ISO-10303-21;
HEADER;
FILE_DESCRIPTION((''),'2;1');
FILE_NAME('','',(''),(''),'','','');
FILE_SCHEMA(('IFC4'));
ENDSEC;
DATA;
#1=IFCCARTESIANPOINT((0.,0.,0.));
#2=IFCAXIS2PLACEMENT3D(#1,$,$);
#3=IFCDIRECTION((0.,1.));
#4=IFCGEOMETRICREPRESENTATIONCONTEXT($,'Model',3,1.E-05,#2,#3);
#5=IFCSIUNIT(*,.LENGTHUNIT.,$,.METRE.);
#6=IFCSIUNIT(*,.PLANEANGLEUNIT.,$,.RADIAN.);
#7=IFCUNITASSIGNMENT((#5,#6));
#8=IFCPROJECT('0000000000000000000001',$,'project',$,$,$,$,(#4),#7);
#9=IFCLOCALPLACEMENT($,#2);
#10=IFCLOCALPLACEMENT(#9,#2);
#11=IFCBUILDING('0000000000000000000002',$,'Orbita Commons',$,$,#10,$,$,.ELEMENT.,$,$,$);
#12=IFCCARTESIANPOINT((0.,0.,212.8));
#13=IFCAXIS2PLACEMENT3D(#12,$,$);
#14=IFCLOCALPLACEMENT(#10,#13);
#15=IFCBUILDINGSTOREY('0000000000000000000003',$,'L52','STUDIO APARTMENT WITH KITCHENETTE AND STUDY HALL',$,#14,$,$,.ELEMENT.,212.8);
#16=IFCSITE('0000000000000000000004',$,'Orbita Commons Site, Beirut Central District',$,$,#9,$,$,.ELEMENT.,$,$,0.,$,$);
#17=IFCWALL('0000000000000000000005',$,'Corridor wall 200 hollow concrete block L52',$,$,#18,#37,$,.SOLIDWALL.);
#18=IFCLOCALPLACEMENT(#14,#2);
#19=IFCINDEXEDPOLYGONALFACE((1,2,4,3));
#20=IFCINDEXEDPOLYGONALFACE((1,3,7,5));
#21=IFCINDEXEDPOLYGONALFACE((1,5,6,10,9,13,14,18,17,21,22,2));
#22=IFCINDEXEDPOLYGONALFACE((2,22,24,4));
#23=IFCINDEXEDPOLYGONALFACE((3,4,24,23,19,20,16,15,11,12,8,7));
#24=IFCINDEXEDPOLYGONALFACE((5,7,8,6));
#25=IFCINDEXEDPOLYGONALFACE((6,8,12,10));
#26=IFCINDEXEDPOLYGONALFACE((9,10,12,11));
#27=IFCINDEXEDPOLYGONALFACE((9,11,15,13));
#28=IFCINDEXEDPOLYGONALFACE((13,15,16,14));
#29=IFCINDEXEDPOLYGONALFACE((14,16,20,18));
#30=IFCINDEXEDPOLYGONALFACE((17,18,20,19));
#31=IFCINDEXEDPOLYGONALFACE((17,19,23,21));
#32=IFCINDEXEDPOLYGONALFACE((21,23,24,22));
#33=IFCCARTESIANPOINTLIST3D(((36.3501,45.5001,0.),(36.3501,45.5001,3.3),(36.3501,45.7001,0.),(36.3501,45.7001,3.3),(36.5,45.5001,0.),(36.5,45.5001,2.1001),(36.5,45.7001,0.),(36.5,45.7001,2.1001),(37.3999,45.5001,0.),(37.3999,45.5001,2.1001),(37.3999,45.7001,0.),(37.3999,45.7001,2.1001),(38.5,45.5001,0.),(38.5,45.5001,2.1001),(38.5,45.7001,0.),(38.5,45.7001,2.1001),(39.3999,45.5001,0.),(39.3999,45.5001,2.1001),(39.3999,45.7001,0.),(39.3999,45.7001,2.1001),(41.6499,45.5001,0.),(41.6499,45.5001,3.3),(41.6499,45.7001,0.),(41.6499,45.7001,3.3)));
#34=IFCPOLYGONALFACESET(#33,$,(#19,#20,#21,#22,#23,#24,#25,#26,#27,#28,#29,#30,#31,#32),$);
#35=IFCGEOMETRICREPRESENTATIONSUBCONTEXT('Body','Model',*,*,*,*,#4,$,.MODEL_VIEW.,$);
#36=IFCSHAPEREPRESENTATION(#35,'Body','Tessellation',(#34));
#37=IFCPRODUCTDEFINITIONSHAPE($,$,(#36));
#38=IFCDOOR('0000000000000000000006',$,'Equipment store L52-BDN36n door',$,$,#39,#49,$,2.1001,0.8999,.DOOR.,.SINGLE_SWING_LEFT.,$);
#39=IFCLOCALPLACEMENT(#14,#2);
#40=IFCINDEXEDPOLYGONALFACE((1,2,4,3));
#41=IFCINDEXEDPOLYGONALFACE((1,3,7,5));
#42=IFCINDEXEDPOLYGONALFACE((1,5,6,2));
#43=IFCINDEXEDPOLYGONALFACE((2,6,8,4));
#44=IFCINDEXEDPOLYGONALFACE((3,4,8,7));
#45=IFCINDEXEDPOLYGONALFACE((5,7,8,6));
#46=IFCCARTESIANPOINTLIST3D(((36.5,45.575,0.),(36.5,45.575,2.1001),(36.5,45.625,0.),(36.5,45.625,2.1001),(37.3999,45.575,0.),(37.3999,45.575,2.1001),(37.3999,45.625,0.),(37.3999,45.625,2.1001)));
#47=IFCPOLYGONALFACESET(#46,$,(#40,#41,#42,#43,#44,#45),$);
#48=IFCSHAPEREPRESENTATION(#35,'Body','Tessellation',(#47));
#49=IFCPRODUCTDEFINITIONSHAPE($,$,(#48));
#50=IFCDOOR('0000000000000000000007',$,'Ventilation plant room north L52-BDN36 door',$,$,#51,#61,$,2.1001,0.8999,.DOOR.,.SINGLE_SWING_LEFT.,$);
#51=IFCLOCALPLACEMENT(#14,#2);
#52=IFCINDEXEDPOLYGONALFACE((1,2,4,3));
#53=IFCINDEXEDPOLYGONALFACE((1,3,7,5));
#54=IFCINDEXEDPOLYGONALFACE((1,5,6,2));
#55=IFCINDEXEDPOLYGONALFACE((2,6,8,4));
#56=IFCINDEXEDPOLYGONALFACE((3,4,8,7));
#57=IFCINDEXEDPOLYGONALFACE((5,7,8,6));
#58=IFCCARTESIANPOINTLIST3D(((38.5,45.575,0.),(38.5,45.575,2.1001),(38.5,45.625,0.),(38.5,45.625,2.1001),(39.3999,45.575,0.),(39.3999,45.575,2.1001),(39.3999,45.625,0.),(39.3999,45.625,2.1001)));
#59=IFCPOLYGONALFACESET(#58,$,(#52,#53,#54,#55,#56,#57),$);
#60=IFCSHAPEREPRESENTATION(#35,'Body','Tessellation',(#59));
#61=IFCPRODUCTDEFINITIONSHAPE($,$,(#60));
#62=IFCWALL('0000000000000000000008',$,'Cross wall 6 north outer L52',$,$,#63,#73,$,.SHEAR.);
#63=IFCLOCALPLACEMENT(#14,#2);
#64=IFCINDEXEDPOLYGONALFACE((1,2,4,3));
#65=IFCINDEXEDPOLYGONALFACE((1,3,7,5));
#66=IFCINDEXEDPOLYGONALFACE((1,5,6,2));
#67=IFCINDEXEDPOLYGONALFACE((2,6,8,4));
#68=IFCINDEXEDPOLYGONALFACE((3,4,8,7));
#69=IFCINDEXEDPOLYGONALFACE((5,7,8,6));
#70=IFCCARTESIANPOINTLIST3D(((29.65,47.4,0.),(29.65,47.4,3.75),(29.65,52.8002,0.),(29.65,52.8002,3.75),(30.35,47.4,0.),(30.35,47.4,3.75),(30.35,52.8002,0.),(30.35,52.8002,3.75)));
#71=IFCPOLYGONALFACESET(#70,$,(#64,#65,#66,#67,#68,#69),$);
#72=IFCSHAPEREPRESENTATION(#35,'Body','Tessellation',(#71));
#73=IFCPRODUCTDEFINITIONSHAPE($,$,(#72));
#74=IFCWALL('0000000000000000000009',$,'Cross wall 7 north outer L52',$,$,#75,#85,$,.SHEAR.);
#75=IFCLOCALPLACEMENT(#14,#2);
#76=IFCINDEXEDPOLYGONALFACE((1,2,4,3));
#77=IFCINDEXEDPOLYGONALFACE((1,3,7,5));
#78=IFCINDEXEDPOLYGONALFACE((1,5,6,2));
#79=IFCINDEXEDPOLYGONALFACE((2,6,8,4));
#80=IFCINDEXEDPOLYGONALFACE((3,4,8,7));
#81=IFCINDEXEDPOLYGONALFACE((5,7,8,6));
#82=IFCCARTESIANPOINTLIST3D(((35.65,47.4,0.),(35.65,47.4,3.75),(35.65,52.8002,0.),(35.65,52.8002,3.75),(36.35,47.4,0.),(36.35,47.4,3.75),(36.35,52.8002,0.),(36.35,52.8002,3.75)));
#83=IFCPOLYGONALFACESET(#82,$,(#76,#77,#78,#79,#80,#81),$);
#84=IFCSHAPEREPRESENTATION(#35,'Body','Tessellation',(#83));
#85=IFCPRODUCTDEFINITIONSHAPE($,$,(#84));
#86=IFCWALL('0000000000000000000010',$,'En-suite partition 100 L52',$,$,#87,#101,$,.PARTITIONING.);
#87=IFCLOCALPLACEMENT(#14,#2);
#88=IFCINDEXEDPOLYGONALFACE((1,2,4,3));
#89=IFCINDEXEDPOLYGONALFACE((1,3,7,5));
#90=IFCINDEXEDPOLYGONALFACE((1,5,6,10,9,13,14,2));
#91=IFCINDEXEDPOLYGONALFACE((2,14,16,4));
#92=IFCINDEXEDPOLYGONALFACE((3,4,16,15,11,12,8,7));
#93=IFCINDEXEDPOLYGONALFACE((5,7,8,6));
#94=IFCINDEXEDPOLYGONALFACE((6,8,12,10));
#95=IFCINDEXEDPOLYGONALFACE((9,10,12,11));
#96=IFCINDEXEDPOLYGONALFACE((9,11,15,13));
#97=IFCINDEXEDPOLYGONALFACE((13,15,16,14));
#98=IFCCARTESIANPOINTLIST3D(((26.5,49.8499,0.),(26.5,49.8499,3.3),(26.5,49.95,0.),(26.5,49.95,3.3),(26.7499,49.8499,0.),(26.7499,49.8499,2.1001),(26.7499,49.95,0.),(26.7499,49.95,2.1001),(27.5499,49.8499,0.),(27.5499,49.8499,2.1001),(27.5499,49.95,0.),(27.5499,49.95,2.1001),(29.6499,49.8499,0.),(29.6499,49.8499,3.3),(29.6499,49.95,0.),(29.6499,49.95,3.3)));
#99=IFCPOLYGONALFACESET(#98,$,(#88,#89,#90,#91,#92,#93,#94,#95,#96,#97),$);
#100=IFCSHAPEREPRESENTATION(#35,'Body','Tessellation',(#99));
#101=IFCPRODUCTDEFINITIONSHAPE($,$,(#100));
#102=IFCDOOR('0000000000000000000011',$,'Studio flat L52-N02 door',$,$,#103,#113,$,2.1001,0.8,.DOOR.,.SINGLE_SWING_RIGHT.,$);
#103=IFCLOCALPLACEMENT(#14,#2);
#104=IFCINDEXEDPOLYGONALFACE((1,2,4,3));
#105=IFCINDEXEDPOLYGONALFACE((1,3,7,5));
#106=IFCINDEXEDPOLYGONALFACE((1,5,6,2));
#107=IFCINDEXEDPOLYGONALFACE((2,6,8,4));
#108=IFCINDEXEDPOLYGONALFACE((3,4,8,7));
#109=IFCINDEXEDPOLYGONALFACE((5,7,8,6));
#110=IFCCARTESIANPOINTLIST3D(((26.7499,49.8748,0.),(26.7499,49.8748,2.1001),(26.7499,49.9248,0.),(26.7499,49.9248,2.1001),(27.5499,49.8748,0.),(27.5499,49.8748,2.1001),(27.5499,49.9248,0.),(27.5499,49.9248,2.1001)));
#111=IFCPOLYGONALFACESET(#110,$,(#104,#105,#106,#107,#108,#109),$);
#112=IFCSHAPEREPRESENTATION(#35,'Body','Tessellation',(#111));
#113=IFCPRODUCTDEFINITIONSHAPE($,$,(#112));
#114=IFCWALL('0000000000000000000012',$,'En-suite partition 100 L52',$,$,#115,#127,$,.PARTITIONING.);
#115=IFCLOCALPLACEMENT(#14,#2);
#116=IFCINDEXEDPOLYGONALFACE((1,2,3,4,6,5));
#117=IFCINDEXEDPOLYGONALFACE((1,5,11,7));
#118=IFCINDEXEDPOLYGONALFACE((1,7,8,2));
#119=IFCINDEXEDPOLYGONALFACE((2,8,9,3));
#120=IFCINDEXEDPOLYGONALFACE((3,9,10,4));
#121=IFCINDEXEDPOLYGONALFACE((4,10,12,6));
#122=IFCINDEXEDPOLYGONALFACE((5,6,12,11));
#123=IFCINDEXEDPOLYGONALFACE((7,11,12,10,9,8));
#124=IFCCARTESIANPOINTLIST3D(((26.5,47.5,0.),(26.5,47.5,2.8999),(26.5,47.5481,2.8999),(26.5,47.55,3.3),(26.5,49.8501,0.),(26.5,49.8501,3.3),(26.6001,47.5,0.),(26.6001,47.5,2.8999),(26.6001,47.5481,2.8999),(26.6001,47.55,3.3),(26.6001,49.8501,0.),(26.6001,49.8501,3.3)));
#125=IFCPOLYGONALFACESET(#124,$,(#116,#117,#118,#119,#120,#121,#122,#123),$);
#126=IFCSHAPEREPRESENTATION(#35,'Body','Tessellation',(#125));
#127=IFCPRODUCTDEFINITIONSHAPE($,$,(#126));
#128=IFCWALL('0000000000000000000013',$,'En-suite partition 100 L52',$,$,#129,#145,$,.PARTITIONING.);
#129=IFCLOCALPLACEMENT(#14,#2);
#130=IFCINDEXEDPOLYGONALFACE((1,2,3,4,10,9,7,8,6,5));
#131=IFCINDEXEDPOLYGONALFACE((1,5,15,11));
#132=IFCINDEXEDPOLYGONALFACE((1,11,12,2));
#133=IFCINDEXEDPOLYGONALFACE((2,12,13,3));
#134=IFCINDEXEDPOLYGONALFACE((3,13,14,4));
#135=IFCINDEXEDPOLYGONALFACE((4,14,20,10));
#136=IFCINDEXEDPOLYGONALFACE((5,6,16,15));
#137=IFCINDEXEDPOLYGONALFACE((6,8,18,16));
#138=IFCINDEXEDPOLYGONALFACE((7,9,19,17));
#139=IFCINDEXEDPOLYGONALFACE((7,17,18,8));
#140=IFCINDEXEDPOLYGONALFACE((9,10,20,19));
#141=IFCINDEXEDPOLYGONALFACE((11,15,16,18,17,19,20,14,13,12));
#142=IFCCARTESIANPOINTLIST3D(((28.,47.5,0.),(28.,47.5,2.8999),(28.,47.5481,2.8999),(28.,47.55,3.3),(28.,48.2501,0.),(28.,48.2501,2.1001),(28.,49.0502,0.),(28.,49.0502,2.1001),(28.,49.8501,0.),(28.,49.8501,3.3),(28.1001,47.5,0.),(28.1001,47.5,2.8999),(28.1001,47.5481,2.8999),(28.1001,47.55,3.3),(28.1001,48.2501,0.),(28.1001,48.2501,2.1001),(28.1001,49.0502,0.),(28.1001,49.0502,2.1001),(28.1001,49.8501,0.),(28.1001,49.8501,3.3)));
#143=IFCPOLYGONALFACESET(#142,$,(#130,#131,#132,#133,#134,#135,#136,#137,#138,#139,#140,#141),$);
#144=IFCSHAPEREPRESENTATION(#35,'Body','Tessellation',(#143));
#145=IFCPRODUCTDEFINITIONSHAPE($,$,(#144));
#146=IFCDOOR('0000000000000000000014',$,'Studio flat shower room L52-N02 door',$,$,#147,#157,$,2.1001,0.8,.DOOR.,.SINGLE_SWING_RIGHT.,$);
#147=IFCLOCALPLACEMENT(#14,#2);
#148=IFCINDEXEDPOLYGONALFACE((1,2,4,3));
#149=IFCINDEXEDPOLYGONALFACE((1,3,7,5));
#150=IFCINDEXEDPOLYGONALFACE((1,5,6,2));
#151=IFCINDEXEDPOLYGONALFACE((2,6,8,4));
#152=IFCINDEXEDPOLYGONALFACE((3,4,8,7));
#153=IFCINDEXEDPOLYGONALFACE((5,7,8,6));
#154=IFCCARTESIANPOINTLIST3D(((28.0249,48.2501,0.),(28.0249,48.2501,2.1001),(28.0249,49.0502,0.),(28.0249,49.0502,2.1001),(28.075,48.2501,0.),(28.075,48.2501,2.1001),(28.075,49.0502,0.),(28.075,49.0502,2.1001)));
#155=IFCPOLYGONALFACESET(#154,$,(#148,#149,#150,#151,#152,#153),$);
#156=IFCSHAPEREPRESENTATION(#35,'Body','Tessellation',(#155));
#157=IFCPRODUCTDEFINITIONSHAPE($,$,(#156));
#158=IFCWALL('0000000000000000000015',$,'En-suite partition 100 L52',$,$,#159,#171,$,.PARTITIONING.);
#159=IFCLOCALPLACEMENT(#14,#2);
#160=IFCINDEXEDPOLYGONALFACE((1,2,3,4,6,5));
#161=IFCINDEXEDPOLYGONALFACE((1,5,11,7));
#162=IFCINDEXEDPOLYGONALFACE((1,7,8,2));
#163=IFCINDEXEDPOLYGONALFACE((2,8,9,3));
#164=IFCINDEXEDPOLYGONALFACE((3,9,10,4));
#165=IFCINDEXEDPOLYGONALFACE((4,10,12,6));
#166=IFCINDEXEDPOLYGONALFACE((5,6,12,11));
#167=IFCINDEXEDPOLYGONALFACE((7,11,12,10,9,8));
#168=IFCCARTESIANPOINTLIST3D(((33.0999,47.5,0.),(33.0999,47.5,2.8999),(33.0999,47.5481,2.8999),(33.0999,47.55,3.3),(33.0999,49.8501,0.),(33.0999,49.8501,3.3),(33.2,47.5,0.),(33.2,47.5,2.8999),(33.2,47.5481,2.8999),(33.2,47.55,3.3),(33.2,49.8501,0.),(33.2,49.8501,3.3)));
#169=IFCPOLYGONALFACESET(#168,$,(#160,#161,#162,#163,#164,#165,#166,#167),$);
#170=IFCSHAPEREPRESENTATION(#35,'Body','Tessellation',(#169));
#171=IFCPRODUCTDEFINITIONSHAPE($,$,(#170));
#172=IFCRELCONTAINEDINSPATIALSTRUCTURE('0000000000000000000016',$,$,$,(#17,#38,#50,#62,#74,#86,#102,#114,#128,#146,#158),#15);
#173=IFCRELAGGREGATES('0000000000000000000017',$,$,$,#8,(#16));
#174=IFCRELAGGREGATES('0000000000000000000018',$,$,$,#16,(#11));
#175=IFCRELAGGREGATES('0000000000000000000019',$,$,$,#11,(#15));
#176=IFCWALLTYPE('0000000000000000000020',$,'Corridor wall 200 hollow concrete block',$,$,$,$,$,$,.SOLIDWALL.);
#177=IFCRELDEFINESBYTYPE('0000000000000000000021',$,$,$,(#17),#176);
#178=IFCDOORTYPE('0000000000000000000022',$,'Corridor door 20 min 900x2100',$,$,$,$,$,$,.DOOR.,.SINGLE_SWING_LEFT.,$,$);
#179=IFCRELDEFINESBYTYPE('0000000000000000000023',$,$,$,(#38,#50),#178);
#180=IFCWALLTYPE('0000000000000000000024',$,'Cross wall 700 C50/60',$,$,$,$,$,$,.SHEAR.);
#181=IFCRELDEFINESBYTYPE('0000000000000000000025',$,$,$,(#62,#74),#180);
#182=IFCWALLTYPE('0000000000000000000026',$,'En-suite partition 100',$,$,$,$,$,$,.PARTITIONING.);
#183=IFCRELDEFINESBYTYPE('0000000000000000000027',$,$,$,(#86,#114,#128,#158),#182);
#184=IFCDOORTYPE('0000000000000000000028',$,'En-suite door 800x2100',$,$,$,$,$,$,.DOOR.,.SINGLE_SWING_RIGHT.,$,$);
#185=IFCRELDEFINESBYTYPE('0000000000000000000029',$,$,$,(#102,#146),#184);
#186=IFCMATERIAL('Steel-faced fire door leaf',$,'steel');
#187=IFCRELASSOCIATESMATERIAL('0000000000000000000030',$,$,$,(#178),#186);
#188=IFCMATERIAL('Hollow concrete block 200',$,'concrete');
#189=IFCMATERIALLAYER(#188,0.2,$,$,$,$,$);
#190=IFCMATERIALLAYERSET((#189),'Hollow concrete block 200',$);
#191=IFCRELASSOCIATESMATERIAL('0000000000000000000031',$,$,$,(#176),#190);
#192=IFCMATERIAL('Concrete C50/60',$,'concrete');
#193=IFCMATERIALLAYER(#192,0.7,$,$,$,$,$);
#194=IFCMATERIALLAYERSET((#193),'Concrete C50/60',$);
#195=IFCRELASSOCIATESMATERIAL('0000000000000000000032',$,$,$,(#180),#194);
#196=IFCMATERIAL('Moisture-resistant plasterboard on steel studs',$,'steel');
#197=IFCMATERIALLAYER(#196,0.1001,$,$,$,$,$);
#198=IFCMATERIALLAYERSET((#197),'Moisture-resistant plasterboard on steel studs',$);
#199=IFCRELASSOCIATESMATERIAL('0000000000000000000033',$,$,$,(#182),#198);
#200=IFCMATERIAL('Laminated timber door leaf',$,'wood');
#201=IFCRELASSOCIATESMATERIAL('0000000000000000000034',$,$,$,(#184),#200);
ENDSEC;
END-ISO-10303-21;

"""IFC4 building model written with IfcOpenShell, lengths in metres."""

from ifc_helpers import new_model, si_unit, direction, frame, frame_2d, origin, place, context, subcontext, project, spatial, polyline, rectangle, outline, extrude, material, layer, layer_set, type_object, element, fill, save


model = new_model("IFC4")

# Units and contexts
model_context = context("Model", 3, precision=1e-05, world=origin(), true_north=direction((0.0, 1.0)))
body_context = subcontext(model_context, "Body", "Model", "MODEL_VIEW")
ifc_project = project(units=[si_unit("LENGTHUNIT", "METRE"), si_unit("PLANEANGLEUNIT", "RADIAN")], contexts=[model_context])

# Site, building, storey
site_placement = place(None, origin())
site = spatial("IfcSite", under=ifc_project, at=site_placement, Name="Orbita Commons Site, Beirut Central District", CompositionType="ELEMENT", RefElevation=0.0)
building_placement = place(site_placement, origin())
building = spatial("IfcBuilding", under=site, at=building_placement, Name="Orbita Commons", CompositionType="ELEMENT")
storey_placement = place(building_placement, frame((0.0, 0.0, 212.8)))
storey = spatial("IfcBuildingStorey", under=building, at=storey_placement, Name="L52", Description="STUDIO APARTMENT WITH KITCHENETTE AND STUDY HALL", CompositionType="ELEMENT", Elevation=212.8)

# Shared definitions
ifc_material_1 = material(Name="Steel-faced fire door leaf", Category="steel")
door_type_1 = type_object("IfcDoorType", Name="Corridor door 20 min 900x2100", OperationType="SINGLE_SWING_LEFT", PredefinedType="DOOR", material=ifc_material_1)

# Wall, openings, doors
ifc_material_2 = material(Name="Hollow concrete block 200", Category="concrete")
ifc_layer_1 = layer(ifc_material_2, 0.2)
ifc_layer_set_1 = layer_set([ifc_layer_1], Name="Hollow concrete block 200")
wall_type_1 = type_object("IfcWallType", Name="Corridor wall 200 hollow concrete block", PredefinedType="SOLIDWALL", material=ifc_layer_set_1)
wall_1_placement = place(storey_placement, frame((36.3501, 45.6001, 0.0), z_axis=(0.0, 0.0, 1.0), x_axis=(1.0, 0.0, 0.0)))
wall_1 = element("IfcWall", 1, at=wall_1_placement, inside=storey, type_object=wall_type_1, Name="Corridor wall 200 hollow concrete block L52", PredefinedType="SOLIDWALL", context=body_context, shape_type="SweptSolid", body=[
    extrude(rectangle(XDim=5.2998, YDim=0.2, at=frame_2d((2.6499, 0.0))), origin(), (0.0, 0.0, 1.0), 3.3),
])
opening_1_placement = place(wall_1_placement, frame((0.1499, 0.0, 0.0)))
opening_1 = element("IfcOpeningElement", 2, at=opening_1_placement, cuts=wall_1, PredefinedType="OPENING", context=body_context, shape_type="SweptSolid", body=[
    extrude(rectangle(XDim=0.8999, YDim=2.1001, at=frame_2d((0.45, 1.05))), frame((0.0, 0.1099, 0.0), z_axis=(0.0, -1.0, 0.0), x_axis=(1.0, 0.0, 0.0)), (0.0, 0.0, 1.0), 0.22),
])
opening_2_placement = place(wall_1_placement, frame((2.1499, 0.0, 0.0)))
opening_2 = element("IfcOpeningElement", 3, at=opening_2_placement, cuts=wall_1, PredefinedType="OPENING", context=body_context, shape_type="SweptSolid", body=[
    extrude(rectangle(XDim=0.8999, YDim=2.1001, at=frame_2d((0.45, 1.05))), frame((0.0, 0.1099, 0.0), z_axis=(0.0, -1.0, 0.0), x_axis=(1.0, 0.0, 0.0)), (0.0, 0.0, 1.0), 0.22),
])
door_1_placement = place(opening_1_placement, origin())
door_1 = element("IfcDoor", 4, at=door_1_placement, inside=storey, type_object=door_type_1, Name="Equipment store L52-BDN36n door", OperationType="SINGLE_SWING_LEFT", OverallHeight=2.1001, OverallWidth=0.8999, PredefinedType="DOOR", context=body_context, shape_type="SweptSolid", body=[
    extrude(rectangle(XDim=0.8999, YDim=2.1001, at=frame_2d((0.45, 1.05))), frame((0.0, 0.0249, 0.0), z_axis=(0.0, -1.0, 0.0), x_axis=(1.0, 0.0, 0.0)), (0.0, 0.0, 1.0), 0.05),
])
fill(opening_1, door_1)
door_2_placement = place(opening_2_placement, origin())
door_2 = element("IfcDoor", 5, at=door_2_placement, inside=storey, type_object=door_type_1, Name="Ventilation plant room north L52-BDN36 door", OperationType="SINGLE_SWING_LEFT", OverallHeight=2.1001, OverallWidth=0.8999, PredefinedType="DOOR", context=body_context, shape_type="SweptSolid", body=[
    extrude(rectangle(XDim=0.8999, YDim=2.1001, at=frame_2d((0.45, 1.05))), frame((0.0, 0.0249, 0.0), z_axis=(0.0, -1.0, 0.0), x_axis=(1.0, 0.0, 0.0)), (0.0, 0.0, 1.0), 0.05),
])
fill(opening_2, door_2)

# Walls
ifc_material_3 = material(Name="Concrete C50/60", Category="concrete")
ifc_layer_2 = layer(ifc_material_3, 0.7)
ifc_layer_set_2 = layer_set([ifc_layer_2], Name="Concrete C50/60")
wall_type_2 = type_object("IfcWallType", Name="Cross wall 700 C50/60", PredefinedType="SHEAR", material=ifc_layer_set_2)
for number, where, z_axis, x_axis, name in (
    (6, (30.0, 47.3999, 0.0), (0.0, 0.0, 1.0), (0.0, 1.0, 0.0), "Cross wall 6 north outer L52"),
    (7, (36.0, 47.3999, 0.0), (0.0, 0.0, 1.0), (0.0, 1.0, 0.0), "Cross wall 7 north outer L52"),
):
    element("IfcWall", number, at=place(storey_placement, frame(where, z_axis=z_axis, x_axis=x_axis)), inside=storey, type_object=wall_type_2, Name=name, PredefinedType="SHEAR", context=body_context, shape_type="SweptSolid", body=[
        extrude(rectangle(XDim=5.4001, YDim=0.7, at=frame_2d((2.7002, 0.0))), origin(), (0.0, 0.0, 1.0), 3.75),
    ])

# Wall, opening, door
ifc_material_4 = material(Name="Moisture-resistant plasterboard on steel studs", Category="steel")
ifc_layer_3 = layer(ifc_material_4, 0.1001)
ifc_layer_set_3 = layer_set([ifc_layer_3], Name="Moisture-resistant plasterboard on steel studs")
wall_type_3 = type_object("IfcWallType", Name="En-suite partition 100", PredefinedType="PARTITIONING", material=ifc_layer_set_3)
wall_2_placement = place(storey_placement, frame((26.5, 49.8999, 0.0), z_axis=(0.0, 0.0, 1.0), x_axis=(1.0, 0.0, 0.0)))
wall_2 = element("IfcWall", 8, at=wall_2_placement, inside=storey, type_object=wall_type_3, Name="En-suite partition 100 L52", PredefinedType="PARTITIONING", context=body_context, shape_type="SweptSolid", body=[
    extrude(rectangle(XDim=3.1499, YDim=0.1001, at=frame_2d((1.575, 0.0))), origin(), (0.0, 0.0, 1.0), 3.3),
])
opening_3_placement = place(wall_2_placement, frame((0.25, 0.0, 0.0)))
opening_3 = element("IfcOpeningElement", 9, at=opening_3_placement, cuts=wall_2, PredefinedType="OPENING", context=body_context, shape_type="SweptSolid", body=[
    extrude(rectangle(XDim=0.8, YDim=2.1001, at=frame_2d((0.3999, 1.05))), frame((0.0, 0.0601, 0.0), z_axis=(0.0, -1.0, 0.0), x_axis=(1.0, 0.0, 0.0)), (0.0, 0.0, 1.0), 0.1201),
])
ifc_material_5 = material(Name="Laminated timber door leaf", Category="wood")
door_type_2 = type_object("IfcDoorType", Name="En-suite door 800x2100", OperationType="SINGLE_SWING_RIGHT", PredefinedType="DOOR", material=ifc_material_5)
door_3_placement = place(opening_3_placement, origin())
door_3 = element("IfcDoor", 10, at=door_3_placement, inside=storey, type_object=door_type_2, Name="Studio flat L52-N02 door", OperationType="SINGLE_SWING_RIGHT", OverallHeight=2.1001, OverallWidth=0.8, PredefinedType="DOOR", context=body_context, shape_type="SweptSolid", body=[
    extrude(rectangle(XDim=0.8, YDim=2.1001, at=frame_2d((0.3999, 1.05))), frame((0.0, 0.0249, 0.0), z_axis=(0.0, -1.0, 0.0), x_axis=(1.0, 0.0, 0.0)), (0.0, 0.0, 1.0), 0.05),
])
fill(opening_3, door_3)

# Wall
wall_3_placement = place(storey_placement, frame((26.55, 49.8501, 0.0), z_axis=(0.0, 0.0, 1.0), x_axis=(0.0, -1.0, 0.0)))
element("IfcWall", 11, at=wall_3_placement, inside=storey, type_object=wall_type_3, Name="En-suite partition 100 L52", PredefinedType="PARTITIONING", context=body_context, shape_type="SweptSolid", body=[
    extrude(outline(polyline([(0.0, 0.0), (2.3501, 0.0), (2.3501, 2.8999), (2.302, 2.8999), (2.3, 3.3), (0.0, 3.3), (0.0, 0.0)])), frame((0.0, 0.05, 0.0), z_axis=(0.0, -1.0, 0.0), x_axis=(1.0, 0.0, 0.0)), (0.0, 0.0, 1.0), 0.1001),
])

# Wall, opening, door
wall_4_placement = place(storey_placement, frame((28.05, 49.8501, 0.0), z_axis=(0.0, 0.0, 1.0), x_axis=(0.0, -1.0, 0.0)))
wall_4 = element("IfcWall", 12, at=wall_4_placement, inside=storey, type_object=wall_type_3, Name="En-suite partition 100 L52", PredefinedType="PARTITIONING", context=body_context, shape_type="SweptSolid", body=[
    extrude(outline(polyline([(0.0, 0.0), (2.3501, 0.0), (2.3501, 2.8999), (2.302, 2.8999), (2.3, 3.3), (0.0, 3.3), (0.0, 0.0)])), frame((0.0, 0.05, 0.0), z_axis=(0.0, -1.0, 0.0), x_axis=(1.0, 0.0, 0.0)), (0.0, 0.0, 1.0), 0.1001),
])
opening_4_placement = place(wall_4_placement, frame((0.8, 0.0, 0.0)))
opening_4 = element("IfcOpeningElement", 13, at=opening_4_placement, cuts=wall_4, PredefinedType="OPENING", context=body_context, shape_type="SweptSolid", body=[
    extrude(rectangle(XDim=0.8, YDim=2.1001, at=frame_2d((0.3999, 1.05))), frame((0.0, 0.0601, 0.0), z_axis=(0.0, -1.0, 0.0), x_axis=(1.0, 0.0, 0.0)), (0.0, 0.0, 1.0), 0.1201),
])
door_4_placement = place(opening_4_placement, origin())
door_4 = element("IfcDoor", 14, at=door_4_placement, inside=storey, type_object=door_type_2, Name="Studio flat shower room L52-N02 door", OperationType="SINGLE_SWING_RIGHT", OverallHeight=2.1001, OverallWidth=0.8, PredefinedType="DOOR", context=body_context, shape_type="SweptSolid", body=[
    extrude(rectangle(XDim=0.8, YDim=2.1001, at=frame_2d((0.3999, 1.05))), frame((0.0, 0.0249, 0.0), z_axis=(0.0, -1.0, 0.0), x_axis=(1.0, 0.0, 0.0)), (0.0, 0.0, 1.0), 0.05),
])
fill(opening_4, door_4)

# Wall
wall_5_placement = place(storey_placement, frame((33.1499, 49.8501, 0.0), z_axis=(0.0, 0.0, 1.0), x_axis=(0.0, -1.0, 0.0)))
element("IfcWall", 15, at=wall_5_placement, inside=storey, type_object=wall_type_3, Name="En-suite partition 100 L52", PredefinedType="PARTITIONING", context=body_context, shape_type="SweptSolid", body=[
    extrude(outline(polyline([(0.0, 0.0), (2.3501, 0.0), (2.3501, 2.8999), (2.302, 2.8999), (2.3, 3.3), (0.0, 3.3), (0.0, 0.0)])), frame((0.0, 0.05, 0.0), z_axis=(0.0, -1.0, 0.0), x_axis=(1.0, 0.0, 0.0)), (0.0, 0.0, 1.0), 0.1001),
])

save(model, "model.ifc")
